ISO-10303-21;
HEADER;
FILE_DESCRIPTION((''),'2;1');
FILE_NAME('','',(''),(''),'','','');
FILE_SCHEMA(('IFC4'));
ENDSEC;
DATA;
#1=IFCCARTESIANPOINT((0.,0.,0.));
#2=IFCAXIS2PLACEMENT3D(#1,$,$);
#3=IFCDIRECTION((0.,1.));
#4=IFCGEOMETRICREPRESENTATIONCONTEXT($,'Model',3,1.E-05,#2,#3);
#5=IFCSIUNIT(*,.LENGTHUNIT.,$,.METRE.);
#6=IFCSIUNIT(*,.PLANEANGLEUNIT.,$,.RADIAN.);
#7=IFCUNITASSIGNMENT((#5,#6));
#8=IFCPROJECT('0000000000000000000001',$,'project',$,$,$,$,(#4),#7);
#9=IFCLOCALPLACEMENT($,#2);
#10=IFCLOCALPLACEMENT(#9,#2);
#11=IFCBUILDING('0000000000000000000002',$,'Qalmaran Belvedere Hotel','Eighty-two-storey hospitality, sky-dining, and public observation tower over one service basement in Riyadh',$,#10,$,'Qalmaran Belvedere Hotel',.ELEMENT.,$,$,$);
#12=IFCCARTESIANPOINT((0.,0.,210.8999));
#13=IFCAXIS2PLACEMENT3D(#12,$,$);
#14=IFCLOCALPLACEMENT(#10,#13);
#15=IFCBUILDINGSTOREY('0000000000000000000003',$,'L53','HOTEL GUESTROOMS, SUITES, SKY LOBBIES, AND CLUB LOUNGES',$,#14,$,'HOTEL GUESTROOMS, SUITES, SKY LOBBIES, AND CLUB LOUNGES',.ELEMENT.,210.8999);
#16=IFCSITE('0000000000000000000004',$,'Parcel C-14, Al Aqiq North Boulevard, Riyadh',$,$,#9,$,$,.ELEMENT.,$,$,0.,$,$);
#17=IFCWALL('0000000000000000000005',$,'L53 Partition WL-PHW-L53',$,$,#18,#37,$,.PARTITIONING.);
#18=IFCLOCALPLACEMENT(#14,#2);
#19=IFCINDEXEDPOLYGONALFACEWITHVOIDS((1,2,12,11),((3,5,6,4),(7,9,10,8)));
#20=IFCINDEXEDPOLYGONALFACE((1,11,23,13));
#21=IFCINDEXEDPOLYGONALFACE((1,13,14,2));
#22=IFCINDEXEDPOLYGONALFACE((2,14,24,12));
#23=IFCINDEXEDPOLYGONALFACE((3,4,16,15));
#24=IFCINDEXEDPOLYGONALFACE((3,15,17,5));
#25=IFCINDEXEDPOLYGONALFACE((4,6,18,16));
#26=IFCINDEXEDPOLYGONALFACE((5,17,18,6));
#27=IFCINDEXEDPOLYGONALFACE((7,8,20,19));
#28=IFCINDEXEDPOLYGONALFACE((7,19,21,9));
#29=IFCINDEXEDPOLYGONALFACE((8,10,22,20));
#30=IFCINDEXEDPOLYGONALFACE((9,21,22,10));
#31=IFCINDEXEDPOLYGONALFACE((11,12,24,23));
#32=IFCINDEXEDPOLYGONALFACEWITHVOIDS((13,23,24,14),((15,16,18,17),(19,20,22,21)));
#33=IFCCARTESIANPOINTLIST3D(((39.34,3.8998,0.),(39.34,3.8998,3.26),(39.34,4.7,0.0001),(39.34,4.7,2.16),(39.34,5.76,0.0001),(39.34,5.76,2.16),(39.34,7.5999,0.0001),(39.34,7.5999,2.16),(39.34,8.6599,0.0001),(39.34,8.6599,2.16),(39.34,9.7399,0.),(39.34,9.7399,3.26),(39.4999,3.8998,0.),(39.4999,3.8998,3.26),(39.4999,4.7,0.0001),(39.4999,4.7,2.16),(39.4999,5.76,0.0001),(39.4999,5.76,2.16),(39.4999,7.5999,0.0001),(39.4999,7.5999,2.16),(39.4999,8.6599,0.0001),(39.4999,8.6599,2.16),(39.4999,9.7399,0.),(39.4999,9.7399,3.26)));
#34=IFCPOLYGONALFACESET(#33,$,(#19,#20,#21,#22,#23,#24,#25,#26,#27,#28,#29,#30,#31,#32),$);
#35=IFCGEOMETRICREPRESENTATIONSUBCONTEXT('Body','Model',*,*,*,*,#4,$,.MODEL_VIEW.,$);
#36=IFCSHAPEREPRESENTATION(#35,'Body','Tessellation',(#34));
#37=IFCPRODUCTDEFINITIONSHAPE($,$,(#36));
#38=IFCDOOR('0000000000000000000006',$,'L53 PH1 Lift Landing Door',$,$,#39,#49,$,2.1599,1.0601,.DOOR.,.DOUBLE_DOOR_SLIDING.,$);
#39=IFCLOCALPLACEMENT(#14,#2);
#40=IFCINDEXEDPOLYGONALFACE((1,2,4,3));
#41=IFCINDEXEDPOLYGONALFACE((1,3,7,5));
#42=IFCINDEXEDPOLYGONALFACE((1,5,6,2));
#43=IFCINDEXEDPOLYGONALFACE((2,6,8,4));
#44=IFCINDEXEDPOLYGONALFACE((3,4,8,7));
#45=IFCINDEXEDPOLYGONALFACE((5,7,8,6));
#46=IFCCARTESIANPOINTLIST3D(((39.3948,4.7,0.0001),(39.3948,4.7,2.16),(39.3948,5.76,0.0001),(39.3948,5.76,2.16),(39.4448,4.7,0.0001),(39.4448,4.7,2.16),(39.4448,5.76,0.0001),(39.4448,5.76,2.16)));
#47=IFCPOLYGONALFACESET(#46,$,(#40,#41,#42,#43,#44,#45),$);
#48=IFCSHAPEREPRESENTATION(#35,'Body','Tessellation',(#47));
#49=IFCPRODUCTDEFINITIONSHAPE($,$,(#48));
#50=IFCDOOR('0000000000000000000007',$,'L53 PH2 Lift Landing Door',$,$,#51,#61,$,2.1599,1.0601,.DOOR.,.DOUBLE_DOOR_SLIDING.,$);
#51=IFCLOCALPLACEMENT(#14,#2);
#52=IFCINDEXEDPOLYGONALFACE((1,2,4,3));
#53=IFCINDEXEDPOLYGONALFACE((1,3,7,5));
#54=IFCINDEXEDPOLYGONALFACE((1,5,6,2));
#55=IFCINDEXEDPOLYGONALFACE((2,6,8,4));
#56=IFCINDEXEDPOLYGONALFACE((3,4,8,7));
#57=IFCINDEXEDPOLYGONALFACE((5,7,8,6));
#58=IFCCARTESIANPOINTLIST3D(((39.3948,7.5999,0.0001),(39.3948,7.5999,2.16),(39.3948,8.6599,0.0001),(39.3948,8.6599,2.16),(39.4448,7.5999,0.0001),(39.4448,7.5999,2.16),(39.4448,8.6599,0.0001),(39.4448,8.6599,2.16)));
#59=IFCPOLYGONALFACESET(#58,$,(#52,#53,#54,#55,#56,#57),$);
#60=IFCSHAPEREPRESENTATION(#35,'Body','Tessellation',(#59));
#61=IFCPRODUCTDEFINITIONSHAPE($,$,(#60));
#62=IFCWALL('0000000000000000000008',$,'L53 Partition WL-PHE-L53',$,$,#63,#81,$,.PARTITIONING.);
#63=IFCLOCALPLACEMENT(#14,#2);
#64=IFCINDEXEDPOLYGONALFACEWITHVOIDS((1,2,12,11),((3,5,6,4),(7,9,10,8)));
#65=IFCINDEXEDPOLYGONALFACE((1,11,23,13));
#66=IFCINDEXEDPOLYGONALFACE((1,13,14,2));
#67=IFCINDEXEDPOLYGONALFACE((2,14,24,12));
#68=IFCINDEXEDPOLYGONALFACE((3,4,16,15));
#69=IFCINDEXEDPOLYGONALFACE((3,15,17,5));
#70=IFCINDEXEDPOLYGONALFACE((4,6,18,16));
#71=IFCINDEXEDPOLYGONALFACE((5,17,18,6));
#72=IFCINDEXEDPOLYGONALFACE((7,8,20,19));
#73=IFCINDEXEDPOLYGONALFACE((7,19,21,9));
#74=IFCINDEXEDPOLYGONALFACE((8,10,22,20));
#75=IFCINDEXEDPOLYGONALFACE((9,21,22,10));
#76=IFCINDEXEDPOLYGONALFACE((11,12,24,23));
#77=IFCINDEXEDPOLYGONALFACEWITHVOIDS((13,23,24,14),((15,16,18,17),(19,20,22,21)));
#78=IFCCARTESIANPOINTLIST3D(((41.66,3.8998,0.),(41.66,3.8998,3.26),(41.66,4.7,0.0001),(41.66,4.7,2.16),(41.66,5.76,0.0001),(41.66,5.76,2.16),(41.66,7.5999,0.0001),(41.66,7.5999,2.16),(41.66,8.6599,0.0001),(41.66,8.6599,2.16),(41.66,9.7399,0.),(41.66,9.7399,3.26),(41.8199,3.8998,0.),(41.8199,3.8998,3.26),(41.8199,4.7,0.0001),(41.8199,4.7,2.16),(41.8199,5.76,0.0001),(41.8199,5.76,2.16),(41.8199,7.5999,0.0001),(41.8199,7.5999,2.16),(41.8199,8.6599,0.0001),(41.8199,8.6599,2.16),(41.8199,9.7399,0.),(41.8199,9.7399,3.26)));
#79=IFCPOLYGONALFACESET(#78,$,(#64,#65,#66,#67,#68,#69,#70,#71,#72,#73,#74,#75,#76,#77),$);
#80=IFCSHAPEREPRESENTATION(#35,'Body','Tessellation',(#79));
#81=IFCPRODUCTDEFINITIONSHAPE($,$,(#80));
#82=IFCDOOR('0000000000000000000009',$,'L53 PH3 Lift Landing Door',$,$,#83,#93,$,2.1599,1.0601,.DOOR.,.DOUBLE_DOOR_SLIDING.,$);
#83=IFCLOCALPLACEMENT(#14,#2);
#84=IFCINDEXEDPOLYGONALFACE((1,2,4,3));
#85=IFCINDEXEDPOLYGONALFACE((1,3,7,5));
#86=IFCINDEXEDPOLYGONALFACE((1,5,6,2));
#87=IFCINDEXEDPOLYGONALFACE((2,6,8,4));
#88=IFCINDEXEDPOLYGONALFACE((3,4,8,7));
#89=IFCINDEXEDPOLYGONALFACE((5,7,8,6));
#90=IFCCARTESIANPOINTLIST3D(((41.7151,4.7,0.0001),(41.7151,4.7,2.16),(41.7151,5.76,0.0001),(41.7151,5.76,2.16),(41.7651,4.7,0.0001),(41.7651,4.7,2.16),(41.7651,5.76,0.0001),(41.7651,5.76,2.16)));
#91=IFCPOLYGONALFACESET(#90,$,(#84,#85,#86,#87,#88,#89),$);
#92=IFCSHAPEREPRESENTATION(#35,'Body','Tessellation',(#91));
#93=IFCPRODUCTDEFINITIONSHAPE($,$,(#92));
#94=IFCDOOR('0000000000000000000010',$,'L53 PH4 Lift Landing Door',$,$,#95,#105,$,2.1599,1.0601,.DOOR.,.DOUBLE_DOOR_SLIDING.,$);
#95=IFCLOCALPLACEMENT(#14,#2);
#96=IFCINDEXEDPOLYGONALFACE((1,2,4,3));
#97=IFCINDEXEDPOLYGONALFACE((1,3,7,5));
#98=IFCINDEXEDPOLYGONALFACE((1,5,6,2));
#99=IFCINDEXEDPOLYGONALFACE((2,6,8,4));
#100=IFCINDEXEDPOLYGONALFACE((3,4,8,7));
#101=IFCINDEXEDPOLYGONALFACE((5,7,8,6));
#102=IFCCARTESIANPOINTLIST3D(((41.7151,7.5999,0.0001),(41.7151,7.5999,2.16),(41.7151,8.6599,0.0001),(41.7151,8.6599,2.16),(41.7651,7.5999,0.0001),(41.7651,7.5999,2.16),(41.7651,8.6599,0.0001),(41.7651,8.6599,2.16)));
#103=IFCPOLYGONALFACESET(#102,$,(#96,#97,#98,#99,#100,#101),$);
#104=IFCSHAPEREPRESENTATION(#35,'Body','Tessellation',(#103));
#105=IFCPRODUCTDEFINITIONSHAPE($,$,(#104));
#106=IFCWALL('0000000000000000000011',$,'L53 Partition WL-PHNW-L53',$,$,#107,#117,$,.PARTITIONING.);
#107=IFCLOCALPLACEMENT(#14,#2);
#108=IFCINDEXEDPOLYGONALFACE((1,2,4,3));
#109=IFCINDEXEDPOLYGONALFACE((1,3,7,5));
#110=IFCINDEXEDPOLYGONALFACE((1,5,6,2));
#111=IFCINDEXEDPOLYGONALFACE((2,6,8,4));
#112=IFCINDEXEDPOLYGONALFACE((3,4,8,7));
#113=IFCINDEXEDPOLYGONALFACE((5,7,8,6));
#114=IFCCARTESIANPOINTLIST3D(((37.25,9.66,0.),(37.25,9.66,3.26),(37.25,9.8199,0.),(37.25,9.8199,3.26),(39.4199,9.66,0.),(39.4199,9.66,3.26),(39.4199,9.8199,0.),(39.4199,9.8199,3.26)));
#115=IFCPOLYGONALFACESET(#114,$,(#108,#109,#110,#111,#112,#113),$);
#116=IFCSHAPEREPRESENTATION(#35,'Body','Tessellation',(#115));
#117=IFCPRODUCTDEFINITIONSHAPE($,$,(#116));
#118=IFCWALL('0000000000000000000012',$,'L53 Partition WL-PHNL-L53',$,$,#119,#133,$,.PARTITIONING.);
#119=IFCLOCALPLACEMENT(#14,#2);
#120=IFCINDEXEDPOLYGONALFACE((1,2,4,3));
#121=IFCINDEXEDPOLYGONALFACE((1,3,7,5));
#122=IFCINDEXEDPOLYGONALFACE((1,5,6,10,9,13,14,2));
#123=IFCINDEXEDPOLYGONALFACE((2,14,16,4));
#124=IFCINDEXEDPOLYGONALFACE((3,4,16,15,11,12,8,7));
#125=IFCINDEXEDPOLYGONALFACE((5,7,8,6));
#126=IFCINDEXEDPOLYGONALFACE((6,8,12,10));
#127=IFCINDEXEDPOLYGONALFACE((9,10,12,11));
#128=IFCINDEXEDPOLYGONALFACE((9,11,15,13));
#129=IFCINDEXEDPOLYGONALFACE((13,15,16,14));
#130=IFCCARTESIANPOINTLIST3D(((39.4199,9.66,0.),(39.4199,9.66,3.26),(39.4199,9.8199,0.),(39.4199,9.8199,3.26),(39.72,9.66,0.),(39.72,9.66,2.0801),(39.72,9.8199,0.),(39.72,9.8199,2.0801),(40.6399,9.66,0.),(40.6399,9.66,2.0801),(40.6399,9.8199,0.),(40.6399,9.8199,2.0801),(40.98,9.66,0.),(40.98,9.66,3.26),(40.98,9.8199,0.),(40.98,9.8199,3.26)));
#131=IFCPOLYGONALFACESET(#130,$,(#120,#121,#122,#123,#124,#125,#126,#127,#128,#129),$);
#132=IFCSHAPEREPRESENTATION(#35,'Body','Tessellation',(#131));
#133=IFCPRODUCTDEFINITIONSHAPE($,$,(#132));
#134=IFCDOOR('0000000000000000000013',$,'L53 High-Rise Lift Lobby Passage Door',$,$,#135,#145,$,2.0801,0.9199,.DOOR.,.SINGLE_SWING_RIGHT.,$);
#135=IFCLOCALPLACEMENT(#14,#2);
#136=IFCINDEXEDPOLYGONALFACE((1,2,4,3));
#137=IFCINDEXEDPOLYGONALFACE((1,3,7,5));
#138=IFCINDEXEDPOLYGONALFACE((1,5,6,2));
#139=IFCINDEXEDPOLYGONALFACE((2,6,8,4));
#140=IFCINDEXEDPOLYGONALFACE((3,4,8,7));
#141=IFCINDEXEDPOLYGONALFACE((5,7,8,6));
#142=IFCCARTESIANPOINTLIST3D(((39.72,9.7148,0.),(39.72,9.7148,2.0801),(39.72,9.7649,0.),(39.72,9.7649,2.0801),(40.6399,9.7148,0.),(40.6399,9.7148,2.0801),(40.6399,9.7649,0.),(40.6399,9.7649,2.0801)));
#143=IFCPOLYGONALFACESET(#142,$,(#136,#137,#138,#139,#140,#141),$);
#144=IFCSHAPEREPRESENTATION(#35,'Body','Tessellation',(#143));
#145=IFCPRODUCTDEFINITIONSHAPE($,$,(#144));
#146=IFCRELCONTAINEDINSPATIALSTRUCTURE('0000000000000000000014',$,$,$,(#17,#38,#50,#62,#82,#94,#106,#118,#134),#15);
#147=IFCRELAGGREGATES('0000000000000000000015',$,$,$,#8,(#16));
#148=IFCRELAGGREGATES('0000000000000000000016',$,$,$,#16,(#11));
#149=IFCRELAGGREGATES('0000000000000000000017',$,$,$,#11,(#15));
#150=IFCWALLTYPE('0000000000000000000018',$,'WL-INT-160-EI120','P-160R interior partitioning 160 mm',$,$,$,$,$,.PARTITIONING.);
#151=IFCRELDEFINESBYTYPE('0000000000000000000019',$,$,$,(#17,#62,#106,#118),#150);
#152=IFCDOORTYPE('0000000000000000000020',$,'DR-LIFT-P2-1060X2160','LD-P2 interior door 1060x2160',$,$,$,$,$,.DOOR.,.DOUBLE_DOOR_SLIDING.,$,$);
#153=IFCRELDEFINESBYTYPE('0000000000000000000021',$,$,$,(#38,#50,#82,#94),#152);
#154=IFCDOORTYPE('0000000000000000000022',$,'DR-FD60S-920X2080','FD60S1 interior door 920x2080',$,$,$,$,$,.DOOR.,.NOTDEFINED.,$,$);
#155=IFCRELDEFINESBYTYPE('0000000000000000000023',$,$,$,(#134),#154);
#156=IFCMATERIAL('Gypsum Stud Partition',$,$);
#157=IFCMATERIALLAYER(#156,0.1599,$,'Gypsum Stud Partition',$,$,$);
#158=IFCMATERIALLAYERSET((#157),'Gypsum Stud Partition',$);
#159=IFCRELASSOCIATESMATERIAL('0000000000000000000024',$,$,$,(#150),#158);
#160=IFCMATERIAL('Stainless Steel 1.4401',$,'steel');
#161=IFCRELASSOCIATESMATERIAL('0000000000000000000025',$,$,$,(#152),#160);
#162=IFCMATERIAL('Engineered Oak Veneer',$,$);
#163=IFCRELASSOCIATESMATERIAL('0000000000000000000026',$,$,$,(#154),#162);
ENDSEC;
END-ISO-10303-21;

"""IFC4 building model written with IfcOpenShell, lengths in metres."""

from ifc_helpers import new_model, si_unit, direction, frame, frame_2d, origin, place, context, subcontext, project, spatial, rectangle, extrude, material, layer, layer_set, type_object, element, fill, save


model = new_model("IFC4")

# Units and contexts
model_context = context("Model", 3, precision=1e-05, world=origin(), true_north=direction((0.0, 1.0)))
body_context = subcontext(model_context, "Body", "Model", "MODEL_VIEW")
ifc_project = project(units=[si_unit("LENGTHUNIT", "METRE"), si_unit("PLANEANGLEUNIT", "RADIAN")], contexts=[model_context])

# Site, building, storey
site_placement = place(None, origin())
site = spatial("IfcSite", under=ifc_project, at=site_placement, Name="Parcel C-14, Al Aqiq North Boulevard, Riyadh", CompositionType="ELEMENT", RefElevation=0.0)
building_placement = place(site_placement, origin())
building = spatial("IfcBuilding", under=site, at=building_placement, Name="Qalmaran Belvedere Hotel", Description="Eighty-two-storey hospitality, sky-dining, and public observation tower over one service basement in Riyadh", LongName="Qalmaran Belvedere Hotel", CompositionType="ELEMENT")
storey_placement = place(building_placement, frame((0.0, 0.0, 210.8999)))
storey = spatial("IfcBuildingStorey", under=building, at=storey_placement, Name="L53", Description="HOTEL GUESTROOMS, SUITES, SKY LOBBIES, AND CLUB LOUNGES", LongName="HOTEL GUESTROOMS, SUITES, SKY LOBBIES, AND CLUB LOUNGES", CompositionType="ELEMENT", Elevation=210.8999)

# Shared definitions
ifc_material_1 = material(Name="Gypsum Stud Partition")

# Walls, openings, doors
ifc_layer_1 = layer(ifc_material_1, 0.1599, Name="Gypsum Stud Partition")
ifc_layer_set_1 = layer_set([ifc_layer_1], Name="Gypsum Stud Partition")
wall_type_1 = type_object("IfcWallType", Name="WL-INT-160-EI120", Description="P-160R interior partitioning 160 mm", PredefinedType="PARTITIONING", material=ifc_layer_set_1)
wall_1_placement = place(storey_placement, frame((39.4199, 3.8999, 0.0), z_axis=(0.0, 0.0, 1.0), x_axis=(0.0, 1.0, 0.0)))
wall_1 = element("IfcWall", 1, at=wall_1_placement, inside=storey, type_object=wall_type_1, Name="L53 Partition WL-PHW-L53", PredefinedType="PARTITIONING", context=body_context, shape_type="SweptSolid", body=[
    extrude(rectangle(XDim=5.8401, YDim=0.1599, at=frame_2d((2.9199, 0.0))), origin(), (0.0, 0.0, 1.0), 3.26),
])
opening_1_placement = place(wall_1_placement, frame((1.8601, 0.0, 0.0), z_axis=(0.0, 0.0, 1.0), x_axis=(-1.0, 0.0, 0.0)))
opening_1 = element("IfcOpeningElement", 2, at=opening_1_placement, cuts=wall_1, PredefinedType="OPENING", context=body_context, shape_type="SweptSolid", body=[
    extrude(rectangle(XDim=1.0601, YDim=2.1599, at=frame_2d((0.53, 1.0801))), frame((0.0, 0.0898, 0.0), z_axis=(0.0, -1.0, 0.0), x_axis=(1.0, 0.0, 0.0)), (0.0, 0.0, 1.0), 0.1799),
])
opening_2_placement = place(wall_1_placement, frame((4.76, 0.0, 0.0), z_axis=(0.0, 0.0, 1.0), x_axis=(-1.0, 0.0, 0.0)))
opening_2 = element("IfcOpeningElement", 3, at=opening_2_placement, cuts=wall_1, PredefinedType="OPENING", context=body_context, shape_type="SweptSolid", body=[
    extrude(rectangle(XDim=1.0601, YDim=2.1599, at=frame_2d((0.53, 1.0801))), frame((0.0, 0.0898, 0.0), z_axis=(0.0, -1.0, 0.0), x_axis=(1.0, 0.0, 0.0)), (0.0, 0.0, 1.0), 0.1799),
])
ifc_material_2 = material(Name="Stainless Steel 1.4401", Category="steel")
door_type_1 = type_object("IfcDoorType", Name="DR-LIFT-P2-1060X2160", Description="LD-P2 interior door 1060x2160", OperationType="DOUBLE_DOOR_SLIDING", PredefinedType="DOOR", material=ifc_material_2)
door_1_placement = place(opening_1_placement, origin())
door_1 = element("IfcDoor", 4, at=door_1_placement, inside=storey, type_object=door_type_1, Name="L53 PH1 Lift Landing Door", OperationType="DOUBLE_DOOR_SLIDING", OverallHeight=2.1599, OverallWidth=1.0601, PredefinedType="DOOR", context=body_context, shape_type="SweptSolid", body=[
    extrude(rectangle(XDim=1.0601, YDim=2.1599, at=frame_2d((0.53, 1.0801))), frame((0.0, 0.0249, 0.0), z_axis=(0.0, -1.0, 0.0), x_axis=(1.0, 0.0, 0.0)), (0.0, 0.0, 1.0), 0.05),
])
fill(opening_1, door_1)
door_2_placement = place(opening_2_placement, origin())
door_2 = element("IfcDoor", 5, at=door_2_placement, inside=storey, type_object=door_type_1, Name="L53 PH2 Lift Landing Door", OperationType="DOUBLE_DOOR_SLIDING", OverallHeight=2.1599, OverallWidth=1.0601, PredefinedType="DOOR", context=body_context, shape_type="SweptSolid", body=[
    extrude(rectangle(XDim=1.0601, YDim=2.1599, at=frame_2d((0.53, 1.0801))), frame((0.0, 0.0249, 0.0), z_axis=(0.0, -1.0, 0.0), x_axis=(1.0, 0.0, 0.0)), (0.0, 0.0, 1.0), 0.05),
])
fill(opening_2, door_2)
wall_2_placement = place(storey_placement, frame((41.74, 3.8999, 0.0), z_axis=(0.0, 0.0, 1.0), x_axis=(0.0, 1.0, 0.0)))
wall_2 = element("IfcWall", 6, at=wall_2_placement, inside=storey, type_object=wall_type_1, Name="L53 Partition WL-PHE-L53", PredefinedType="PARTITIONING", context=body_context, shape_type="SweptSolid", body=[
    extrude(rectangle(XDim=5.8401, YDim=0.1599, at=frame_2d((2.9199, 0.0))), origin(), (0.0, 0.0, 1.0), 3.26),
])
opening_3_placement = place(wall_2_placement, frame((0.8, 0.0, 0.0)))
opening_3 = element("IfcOpeningElement", 7, at=opening_3_placement, cuts=wall_2, PredefinedType="OPENING", context=body_context, shape_type="SweptSolid", body=[
    extrude(rectangle(XDim=1.0601, YDim=2.1599, at=frame_2d((0.53, 1.0801))), frame((0.0, 0.0898, 0.0), z_axis=(0.0, -1.0, 0.0), x_axis=(1.0, 0.0, 0.0)), (0.0, 0.0, 1.0), 0.1799),
])
opening_4_placement = place(wall_2_placement, frame((3.7, 0.0, 0.0)))
opening_4 = element("IfcOpeningElement", 8, at=opening_4_placement, cuts=wall_2, PredefinedType="OPENING", context=body_context, shape_type="SweptSolid", body=[
    extrude(rectangle(XDim=1.0601, YDim=2.1599, at=frame_2d((0.53, 1.0801))), frame((0.0, 0.0898, 0.0), z_axis=(0.0, -1.0, 0.0), x_axis=(1.0, 0.0, 0.0)), (0.0, 0.0, 1.0), 0.1799),
])
door_3_placement = place(opening_3_placement, origin())
door_3 = element("IfcDoor", 9, at=door_3_placement, inside=storey, type_object=door_type_1, Name="L53 PH3 Lift Landing Door", OperationType="DOUBLE_DOOR_SLIDING", OverallHeight=2.1599, OverallWidth=1.0601, PredefinedType="DOOR", context=body_context, shape_type="SweptSolid", body=[
    extrude(rectangle(XDim=1.0601, YDim=2.1599, at=frame_2d((0.53, 1.0801))), frame((0.0, 0.0249, 0.0), z_axis=(0.0, -1.0, 0.0), x_axis=(1.0, 0.0, 0.0)), (0.0, 0.0, 1.0), 0.05),
])
fill(opening_3, door_3)
door_4_placement = place(opening_4_placement, origin())
door_4 = element("IfcDoor", 10, at=door_4_placement, inside=storey, type_object=door_type_1, Name="L53 PH4 Lift Landing Door", OperationType="DOUBLE_DOOR_SLIDING", OverallHeight=2.1599, OverallWidth=1.0601, PredefinedType="DOOR", context=body_context, shape_type="SweptSolid", body=[
    extrude(rectangle(XDim=1.0601, YDim=2.1599, at=frame_2d((0.53, 1.0801))), frame((0.0, 0.0249, 0.0), z_axis=(0.0, -1.0, 0.0), x_axis=(1.0, 0.0, 0.0)), (0.0, 0.0, 1.0), 0.05),
])
fill(opening_4, door_4)

# Wall
wall_3_placement = place(storey_placement, frame((37.25, 9.74, 0.0), z_axis=(0.0, 0.0, 1.0), x_axis=(1.0, 0.0, 0.0)))
element("IfcWall", 11, at=wall_3_placement, inside=storey, type_object=wall_type_1, Name="L53 Partition WL-PHNW-L53", PredefinedType="PARTITIONING", context=body_context, shape_type="SweptSolid", body=[
    extrude(rectangle(XDim=2.1699, YDim=0.1599, at=frame_2d((1.085, 0.0))), origin(), (0.0, 0.0, 1.0), 3.26),
])

# Wall, opening, door
wall_4_placement = place(storey_placement, frame((39.4199, 9.74, 0.0), z_axis=(0.0, 0.0, 1.0), x_axis=(1.0, 0.0, 0.0)))
wall_4 = element("IfcWall", 12, at=wall_4_placement, inside=storey, type_object=wall_type_1, Name="L53 Partition WL-PHNL-L53", PredefinedType="PARTITIONING", context=body_context, shape_type="SweptSolid", body=[
    extrude(rectangle(XDim=1.5601, YDim=0.1599, at=frame_2d((0.78, 0.0))), origin(), (0.0, 0.0, 1.0), 3.26),
])
opening_5_placement = place(wall_4_placement, frame((0.3, 0.0, 0.0)))
opening_5 = element("IfcOpeningElement", 13, at=opening_5_placement, cuts=wall_4, PredefinedType="OPENING", context=body_context, shape_type="SweptSolid", body=[
    extrude(rectangle(XDim=0.9199, YDim=2.0801, at=frame_2d((0.46, 1.04))), frame((0.0, 0.0898, 0.0), z_axis=(0.0, -1.0, 0.0), x_axis=(1.0, 0.0, 0.0)), (0.0, 0.0, 1.0), 0.1799),
])
ifc_material_3 = material(Name="Engineered Oak Veneer")
door_type_2 = type_object("IfcDoorType", Name="DR-FD60S-920X2080", Description="FD60S1 interior door 920x2080", OperationType="NOTDEFINED", PredefinedType="DOOR", material=ifc_material_3)
door_5_placement = place(opening_5_placement, origin())
door_5 = element("IfcDoor", 14, at=door_5_placement, inside=storey, type_object=door_type_2, Name="L53 High-Rise Lift Lobby Passage Door", OperationType="SINGLE_SWING_RIGHT", OverallHeight=2.0801, OverallWidth=0.9199, PredefinedType="DOOR", context=body_context, shape_type="SweptSolid", body=[
    extrude(rectangle(XDim=0.9199, YDim=2.0801, at=frame_2d((0.46, 1.04))), frame((0.0, 0.0249, 0.0), z_axis=(0.0, -1.0, 0.0), x_axis=(1.0, 0.0, 0.0)), (0.0, 0.0, 1.0), 0.05),
])
fill(opening_5, door_5)

save(model, "model.ifc")
